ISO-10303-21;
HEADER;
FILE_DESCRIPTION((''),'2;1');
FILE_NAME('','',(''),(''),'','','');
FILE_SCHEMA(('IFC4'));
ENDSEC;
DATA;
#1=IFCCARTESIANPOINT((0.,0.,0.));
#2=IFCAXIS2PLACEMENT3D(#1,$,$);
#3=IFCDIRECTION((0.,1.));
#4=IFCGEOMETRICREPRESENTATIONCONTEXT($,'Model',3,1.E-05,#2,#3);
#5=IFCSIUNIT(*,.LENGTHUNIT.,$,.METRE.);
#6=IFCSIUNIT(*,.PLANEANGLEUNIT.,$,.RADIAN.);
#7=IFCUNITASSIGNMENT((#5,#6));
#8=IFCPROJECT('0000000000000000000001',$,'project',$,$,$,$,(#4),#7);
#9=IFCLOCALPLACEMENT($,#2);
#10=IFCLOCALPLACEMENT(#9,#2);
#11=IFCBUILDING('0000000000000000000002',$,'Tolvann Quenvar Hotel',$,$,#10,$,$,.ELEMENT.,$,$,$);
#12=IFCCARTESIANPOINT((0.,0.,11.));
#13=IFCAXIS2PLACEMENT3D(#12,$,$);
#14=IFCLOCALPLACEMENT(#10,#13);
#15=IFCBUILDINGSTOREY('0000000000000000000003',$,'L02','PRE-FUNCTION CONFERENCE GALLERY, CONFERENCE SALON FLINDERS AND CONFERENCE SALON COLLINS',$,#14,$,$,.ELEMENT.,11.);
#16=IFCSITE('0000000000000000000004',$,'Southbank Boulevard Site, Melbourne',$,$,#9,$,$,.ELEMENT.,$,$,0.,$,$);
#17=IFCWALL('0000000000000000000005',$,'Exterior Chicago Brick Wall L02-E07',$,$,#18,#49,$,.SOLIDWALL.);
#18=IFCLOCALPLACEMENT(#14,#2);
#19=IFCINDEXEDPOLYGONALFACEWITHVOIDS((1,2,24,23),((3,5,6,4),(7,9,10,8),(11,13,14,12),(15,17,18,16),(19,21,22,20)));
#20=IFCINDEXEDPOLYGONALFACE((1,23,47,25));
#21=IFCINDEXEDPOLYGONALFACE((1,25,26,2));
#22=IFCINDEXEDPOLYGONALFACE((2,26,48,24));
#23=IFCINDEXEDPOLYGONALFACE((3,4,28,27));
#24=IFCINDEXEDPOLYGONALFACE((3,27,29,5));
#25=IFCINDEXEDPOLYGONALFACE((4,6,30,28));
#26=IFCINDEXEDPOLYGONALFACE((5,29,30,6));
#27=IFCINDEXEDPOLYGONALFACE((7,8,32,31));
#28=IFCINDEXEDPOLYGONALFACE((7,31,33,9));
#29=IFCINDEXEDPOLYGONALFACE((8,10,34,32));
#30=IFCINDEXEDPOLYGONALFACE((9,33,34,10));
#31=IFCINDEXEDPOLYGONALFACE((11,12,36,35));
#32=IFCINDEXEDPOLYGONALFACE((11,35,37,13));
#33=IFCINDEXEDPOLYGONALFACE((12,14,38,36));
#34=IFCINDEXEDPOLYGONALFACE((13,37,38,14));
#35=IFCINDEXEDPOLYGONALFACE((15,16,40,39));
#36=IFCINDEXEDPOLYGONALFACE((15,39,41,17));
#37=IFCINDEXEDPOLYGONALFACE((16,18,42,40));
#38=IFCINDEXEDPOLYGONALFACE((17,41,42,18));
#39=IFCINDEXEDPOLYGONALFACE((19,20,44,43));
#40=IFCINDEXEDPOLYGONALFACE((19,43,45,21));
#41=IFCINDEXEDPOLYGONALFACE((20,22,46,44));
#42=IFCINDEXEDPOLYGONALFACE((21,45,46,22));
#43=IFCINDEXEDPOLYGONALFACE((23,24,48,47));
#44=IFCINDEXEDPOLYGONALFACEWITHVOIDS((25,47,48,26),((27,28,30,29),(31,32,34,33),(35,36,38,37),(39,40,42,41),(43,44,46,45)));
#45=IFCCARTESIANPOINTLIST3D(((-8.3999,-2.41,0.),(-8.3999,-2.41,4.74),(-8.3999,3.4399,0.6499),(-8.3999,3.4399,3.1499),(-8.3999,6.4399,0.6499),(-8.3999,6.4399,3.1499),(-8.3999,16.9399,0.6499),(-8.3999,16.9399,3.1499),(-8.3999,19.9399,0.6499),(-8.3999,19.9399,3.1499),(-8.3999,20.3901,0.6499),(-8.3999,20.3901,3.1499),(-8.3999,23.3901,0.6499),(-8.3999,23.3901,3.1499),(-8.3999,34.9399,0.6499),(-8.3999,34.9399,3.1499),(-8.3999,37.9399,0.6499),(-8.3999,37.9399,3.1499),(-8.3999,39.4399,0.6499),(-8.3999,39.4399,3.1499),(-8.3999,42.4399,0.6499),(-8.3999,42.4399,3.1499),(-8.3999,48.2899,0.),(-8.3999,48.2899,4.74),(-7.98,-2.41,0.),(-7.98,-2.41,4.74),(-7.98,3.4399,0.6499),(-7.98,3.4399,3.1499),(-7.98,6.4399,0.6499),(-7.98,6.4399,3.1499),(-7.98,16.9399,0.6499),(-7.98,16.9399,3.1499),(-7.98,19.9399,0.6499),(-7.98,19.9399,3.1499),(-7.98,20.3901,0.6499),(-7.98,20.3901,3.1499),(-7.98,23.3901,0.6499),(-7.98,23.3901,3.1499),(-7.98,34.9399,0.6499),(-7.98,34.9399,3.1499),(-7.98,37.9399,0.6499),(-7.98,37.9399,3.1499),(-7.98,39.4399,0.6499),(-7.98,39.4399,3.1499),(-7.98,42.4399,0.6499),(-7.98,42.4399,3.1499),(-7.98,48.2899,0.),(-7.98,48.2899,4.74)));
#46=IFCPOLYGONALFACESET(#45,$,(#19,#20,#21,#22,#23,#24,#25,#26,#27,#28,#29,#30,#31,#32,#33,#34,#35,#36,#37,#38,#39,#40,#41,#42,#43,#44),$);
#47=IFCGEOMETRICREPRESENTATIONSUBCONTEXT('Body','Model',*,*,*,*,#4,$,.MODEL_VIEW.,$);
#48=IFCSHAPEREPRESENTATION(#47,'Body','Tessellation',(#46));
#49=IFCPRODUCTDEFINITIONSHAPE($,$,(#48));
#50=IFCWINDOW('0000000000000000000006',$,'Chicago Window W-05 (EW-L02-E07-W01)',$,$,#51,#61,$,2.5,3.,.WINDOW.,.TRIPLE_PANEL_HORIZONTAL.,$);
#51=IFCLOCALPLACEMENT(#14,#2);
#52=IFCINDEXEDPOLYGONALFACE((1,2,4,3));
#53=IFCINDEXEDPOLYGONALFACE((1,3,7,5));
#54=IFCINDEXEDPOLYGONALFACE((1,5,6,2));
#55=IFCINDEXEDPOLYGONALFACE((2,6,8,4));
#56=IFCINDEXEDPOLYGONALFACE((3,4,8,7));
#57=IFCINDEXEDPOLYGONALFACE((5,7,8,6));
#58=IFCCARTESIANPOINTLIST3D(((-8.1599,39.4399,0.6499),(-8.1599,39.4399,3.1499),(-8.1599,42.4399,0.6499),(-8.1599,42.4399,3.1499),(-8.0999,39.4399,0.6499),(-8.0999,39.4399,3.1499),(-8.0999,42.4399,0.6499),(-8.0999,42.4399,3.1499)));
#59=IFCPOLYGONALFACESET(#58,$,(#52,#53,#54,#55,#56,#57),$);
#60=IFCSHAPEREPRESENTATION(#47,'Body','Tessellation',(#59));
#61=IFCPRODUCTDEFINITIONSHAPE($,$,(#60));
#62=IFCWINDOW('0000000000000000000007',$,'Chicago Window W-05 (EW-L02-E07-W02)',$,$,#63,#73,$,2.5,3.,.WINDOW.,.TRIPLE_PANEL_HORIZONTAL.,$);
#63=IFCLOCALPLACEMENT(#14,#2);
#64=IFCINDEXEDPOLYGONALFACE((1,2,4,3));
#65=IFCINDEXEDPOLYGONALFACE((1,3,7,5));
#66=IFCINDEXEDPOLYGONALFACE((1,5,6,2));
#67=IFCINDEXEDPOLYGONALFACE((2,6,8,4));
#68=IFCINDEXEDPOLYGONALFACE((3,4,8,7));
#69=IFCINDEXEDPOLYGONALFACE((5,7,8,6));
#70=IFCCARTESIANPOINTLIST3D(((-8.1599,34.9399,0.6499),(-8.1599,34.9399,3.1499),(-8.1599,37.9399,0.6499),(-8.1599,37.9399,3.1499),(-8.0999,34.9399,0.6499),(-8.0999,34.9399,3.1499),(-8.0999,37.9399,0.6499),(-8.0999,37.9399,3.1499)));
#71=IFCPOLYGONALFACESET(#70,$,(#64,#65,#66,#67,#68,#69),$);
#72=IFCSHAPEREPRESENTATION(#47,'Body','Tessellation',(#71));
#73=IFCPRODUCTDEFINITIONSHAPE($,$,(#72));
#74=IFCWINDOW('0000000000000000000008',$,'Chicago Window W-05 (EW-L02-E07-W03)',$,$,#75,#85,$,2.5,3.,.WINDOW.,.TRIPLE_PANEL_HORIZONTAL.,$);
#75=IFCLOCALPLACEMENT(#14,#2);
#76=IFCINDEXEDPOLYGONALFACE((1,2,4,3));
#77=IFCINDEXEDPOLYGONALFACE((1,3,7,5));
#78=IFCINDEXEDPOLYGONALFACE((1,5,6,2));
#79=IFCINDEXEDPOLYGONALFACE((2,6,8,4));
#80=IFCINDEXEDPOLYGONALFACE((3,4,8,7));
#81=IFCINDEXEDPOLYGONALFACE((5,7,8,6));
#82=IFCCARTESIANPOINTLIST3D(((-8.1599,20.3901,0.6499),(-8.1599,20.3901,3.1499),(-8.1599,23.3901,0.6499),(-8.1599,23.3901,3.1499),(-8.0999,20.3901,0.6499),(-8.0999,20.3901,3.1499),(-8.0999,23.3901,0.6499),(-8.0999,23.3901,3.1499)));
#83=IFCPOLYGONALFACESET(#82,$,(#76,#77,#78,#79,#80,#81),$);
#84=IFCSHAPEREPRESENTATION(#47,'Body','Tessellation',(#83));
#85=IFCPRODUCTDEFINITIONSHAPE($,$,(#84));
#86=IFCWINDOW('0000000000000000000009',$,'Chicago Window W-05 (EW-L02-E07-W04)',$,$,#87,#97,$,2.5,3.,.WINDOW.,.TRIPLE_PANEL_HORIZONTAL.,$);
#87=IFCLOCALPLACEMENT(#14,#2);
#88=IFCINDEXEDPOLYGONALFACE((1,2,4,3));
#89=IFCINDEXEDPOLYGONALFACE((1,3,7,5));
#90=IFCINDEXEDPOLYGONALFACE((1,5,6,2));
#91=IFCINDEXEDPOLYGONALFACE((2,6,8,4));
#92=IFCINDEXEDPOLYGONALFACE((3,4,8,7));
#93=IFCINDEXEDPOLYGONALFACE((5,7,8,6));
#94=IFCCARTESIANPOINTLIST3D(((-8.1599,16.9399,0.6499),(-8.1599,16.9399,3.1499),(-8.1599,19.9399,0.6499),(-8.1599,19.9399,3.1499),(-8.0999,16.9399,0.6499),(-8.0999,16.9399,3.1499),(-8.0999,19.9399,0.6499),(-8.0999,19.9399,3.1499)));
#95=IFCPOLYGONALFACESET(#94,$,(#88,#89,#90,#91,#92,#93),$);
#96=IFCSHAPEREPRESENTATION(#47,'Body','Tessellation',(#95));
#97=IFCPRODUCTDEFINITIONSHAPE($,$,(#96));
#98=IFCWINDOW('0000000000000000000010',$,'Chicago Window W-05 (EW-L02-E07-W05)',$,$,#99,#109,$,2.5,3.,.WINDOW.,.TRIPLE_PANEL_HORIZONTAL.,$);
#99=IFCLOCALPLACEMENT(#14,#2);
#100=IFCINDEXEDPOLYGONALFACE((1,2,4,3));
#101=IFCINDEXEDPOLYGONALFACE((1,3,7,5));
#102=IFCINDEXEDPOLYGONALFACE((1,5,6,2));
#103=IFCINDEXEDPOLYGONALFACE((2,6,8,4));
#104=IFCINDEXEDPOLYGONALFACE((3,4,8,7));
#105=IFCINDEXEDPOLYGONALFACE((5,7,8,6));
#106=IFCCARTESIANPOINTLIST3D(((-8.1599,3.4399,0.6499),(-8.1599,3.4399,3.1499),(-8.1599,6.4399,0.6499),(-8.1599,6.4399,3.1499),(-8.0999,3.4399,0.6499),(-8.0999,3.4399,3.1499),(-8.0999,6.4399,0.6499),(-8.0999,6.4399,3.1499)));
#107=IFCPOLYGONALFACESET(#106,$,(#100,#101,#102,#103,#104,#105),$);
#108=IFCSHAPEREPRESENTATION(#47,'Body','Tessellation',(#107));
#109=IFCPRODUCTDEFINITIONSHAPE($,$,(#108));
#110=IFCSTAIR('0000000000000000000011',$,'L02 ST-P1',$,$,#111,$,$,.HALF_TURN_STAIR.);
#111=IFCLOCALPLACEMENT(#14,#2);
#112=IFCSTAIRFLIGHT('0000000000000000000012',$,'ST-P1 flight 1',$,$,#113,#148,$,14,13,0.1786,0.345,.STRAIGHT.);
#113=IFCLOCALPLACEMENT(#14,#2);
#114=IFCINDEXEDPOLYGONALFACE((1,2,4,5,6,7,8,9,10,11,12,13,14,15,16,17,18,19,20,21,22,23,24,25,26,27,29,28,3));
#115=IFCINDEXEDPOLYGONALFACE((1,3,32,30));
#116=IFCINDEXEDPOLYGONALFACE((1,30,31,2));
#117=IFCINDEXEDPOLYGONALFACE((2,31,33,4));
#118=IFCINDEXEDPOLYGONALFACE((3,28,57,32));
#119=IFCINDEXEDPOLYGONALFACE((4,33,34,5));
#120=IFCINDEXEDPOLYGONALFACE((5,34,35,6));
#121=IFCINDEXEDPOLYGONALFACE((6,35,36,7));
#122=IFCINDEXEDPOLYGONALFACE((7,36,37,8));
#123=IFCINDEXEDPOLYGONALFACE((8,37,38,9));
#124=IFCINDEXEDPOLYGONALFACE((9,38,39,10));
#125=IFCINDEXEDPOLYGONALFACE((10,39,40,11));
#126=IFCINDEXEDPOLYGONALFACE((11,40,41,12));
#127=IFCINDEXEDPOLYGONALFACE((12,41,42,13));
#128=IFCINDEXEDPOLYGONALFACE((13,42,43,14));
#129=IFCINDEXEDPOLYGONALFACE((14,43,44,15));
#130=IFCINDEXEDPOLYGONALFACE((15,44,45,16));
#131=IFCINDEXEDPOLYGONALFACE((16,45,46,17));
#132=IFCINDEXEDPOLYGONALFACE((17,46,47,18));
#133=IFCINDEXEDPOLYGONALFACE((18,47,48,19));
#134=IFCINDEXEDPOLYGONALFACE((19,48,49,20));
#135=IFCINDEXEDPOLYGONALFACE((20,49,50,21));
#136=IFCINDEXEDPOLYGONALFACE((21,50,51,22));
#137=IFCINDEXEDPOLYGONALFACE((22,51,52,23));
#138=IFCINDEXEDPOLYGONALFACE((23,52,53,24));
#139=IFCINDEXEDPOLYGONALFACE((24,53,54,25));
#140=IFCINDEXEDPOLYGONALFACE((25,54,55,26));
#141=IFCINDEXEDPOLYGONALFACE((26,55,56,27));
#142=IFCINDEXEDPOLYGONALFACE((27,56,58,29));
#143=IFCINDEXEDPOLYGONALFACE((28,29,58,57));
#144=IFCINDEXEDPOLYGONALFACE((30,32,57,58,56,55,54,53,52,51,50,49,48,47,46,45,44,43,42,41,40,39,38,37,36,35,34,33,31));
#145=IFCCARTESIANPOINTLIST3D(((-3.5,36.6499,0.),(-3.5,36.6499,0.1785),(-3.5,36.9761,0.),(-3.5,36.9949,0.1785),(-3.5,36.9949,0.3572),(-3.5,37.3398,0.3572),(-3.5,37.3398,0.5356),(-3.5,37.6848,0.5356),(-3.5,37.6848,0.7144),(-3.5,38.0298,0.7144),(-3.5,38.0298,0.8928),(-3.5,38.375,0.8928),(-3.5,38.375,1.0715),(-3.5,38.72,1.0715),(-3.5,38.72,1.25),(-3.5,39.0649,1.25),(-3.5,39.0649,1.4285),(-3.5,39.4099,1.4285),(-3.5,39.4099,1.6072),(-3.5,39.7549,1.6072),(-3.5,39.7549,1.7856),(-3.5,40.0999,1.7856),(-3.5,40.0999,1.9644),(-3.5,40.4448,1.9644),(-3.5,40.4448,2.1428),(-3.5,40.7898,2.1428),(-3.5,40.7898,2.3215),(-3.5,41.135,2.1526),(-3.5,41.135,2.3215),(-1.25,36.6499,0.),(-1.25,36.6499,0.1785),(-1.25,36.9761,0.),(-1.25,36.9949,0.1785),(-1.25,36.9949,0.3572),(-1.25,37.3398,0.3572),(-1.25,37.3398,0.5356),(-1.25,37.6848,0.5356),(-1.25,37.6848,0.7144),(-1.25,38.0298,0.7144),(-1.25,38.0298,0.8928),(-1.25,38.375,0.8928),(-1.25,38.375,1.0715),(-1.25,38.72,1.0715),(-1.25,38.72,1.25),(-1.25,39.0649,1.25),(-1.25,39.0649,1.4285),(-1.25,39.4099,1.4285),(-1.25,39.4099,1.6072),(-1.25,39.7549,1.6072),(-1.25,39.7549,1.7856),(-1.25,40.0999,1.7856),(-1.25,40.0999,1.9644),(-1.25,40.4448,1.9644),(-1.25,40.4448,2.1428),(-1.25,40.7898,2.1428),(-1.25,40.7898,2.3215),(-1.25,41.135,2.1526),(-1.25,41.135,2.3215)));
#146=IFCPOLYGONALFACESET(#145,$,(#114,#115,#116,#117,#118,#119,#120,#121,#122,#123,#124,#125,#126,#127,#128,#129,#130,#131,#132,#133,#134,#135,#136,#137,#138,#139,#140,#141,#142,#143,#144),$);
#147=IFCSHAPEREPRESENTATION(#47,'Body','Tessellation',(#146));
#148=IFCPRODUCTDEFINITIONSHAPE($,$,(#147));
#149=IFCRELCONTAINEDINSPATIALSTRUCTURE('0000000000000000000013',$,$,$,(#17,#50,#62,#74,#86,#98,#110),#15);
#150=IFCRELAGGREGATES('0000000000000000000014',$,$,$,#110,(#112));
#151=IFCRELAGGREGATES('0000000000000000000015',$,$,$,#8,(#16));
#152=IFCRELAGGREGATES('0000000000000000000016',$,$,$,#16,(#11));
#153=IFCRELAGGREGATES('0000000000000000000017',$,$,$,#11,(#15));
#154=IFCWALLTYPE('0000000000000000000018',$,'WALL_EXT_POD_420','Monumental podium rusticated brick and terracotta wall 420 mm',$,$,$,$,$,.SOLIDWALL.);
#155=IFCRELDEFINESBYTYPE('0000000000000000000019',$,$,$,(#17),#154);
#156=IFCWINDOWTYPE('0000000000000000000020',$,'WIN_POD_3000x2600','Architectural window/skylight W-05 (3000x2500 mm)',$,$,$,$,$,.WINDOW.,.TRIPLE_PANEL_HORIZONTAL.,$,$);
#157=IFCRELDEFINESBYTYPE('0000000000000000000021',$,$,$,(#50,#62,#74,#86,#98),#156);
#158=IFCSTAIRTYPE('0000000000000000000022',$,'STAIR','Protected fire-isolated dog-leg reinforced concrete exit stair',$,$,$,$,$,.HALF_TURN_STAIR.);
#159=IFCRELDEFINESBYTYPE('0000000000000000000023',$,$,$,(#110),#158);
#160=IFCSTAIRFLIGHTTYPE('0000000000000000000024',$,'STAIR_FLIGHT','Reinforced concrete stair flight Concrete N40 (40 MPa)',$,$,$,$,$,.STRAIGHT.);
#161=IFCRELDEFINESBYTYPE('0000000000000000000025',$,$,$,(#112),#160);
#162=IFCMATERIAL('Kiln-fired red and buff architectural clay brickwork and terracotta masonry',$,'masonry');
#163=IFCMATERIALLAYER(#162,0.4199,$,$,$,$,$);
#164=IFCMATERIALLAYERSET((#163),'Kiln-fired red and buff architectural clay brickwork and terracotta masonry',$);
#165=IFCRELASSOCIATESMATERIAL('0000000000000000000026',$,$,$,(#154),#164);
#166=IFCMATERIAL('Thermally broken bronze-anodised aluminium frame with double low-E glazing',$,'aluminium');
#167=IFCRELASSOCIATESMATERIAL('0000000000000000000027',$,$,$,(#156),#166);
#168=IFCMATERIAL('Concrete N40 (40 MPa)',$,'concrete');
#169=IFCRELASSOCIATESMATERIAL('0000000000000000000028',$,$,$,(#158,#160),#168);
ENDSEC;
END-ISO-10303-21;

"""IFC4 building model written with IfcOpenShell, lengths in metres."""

from ifc_helpers import new_model, si_unit, direction, frame, frame_2d, origin, place, context, subcontext, project, spatial, polyline, rectangle, outline, extrude, source, transform, mapped, material, layer, layer_set, type_object, type_shapes, element, fill, aggregate, save


model = new_model("IFC4")

# Units and contexts
model_context = context("Model", 3, precision=1e-05, world=origin(), true_north=direction((0.0, 1.0)))
body_context = subcontext(model_context, "Body", "Model", "MODEL_VIEW")
ifc_project = project(units=[si_unit("LENGTHUNIT", "METRE"), si_unit("PLANEANGLEUNIT", "RADIAN")], contexts=[model_context])

# Site, building, storey
site_placement = place(None, origin())
site = spatial("IfcSite", under=ifc_project, at=site_placement, Name="Southbank Boulevard Site, Melbourne", CompositionType="ELEMENT", RefElevation=0.0)
building_placement = place(site_placement, origin())
building = spatial("IfcBuilding", under=site, at=building_placement, Name="Tolvann Quenvar Hotel", CompositionType="ELEMENT")
storey_placement = place(building_placement, frame((0.0, 0.0, 11.0)))
storey = spatial("IfcBuildingStorey", under=building, at=storey_placement, Name="L02", Description="PRE-FUNCTION CONFERENCE GALLERY, CONFERENCE SALON FLINDERS AND CONFERENCE SALON COLLINS", CompositionType="ELEMENT", Elevation=11.0)

# Wall, openings, windows
ifc_material_1 = material(Name="Kiln-fired red and buff architectural clay brickwork and terracotta masonry", Category="masonry")
ifc_layer_1 = layer(ifc_material_1, 0.4199)
ifc_layer_set_1 = layer_set([ifc_layer_1], Name="Kiln-fired red and buff architectural clay brickwork and terracotta masonry")
wall_type_1 = type_object("IfcWallType", Name="WALL_EXT_POD_420", Description="Monumental podium rusticated brick and terracotta wall 420 mm", PredefinedType="SOLIDWALL", material=ifc_layer_set_1)
wall_1_placement = place(storey_placement, frame((-8.1899, 48.29, 0.0), z_axis=(0.0, 0.0, 1.0), x_axis=(0.0, -1.0, 0.0)))
wall_1 = element("IfcWall", 1, at=wall_1_placement, inside=storey, type_object=wall_type_1, Name="Exterior Chicago Brick Wall L02-E07", PredefinedType="SOLIDWALL", context=body_context, shape_type="SweptSolid", body=[
    extrude(rectangle(XDim=50.7, YDim=0.4199, at=frame_2d((25.3501, 0.0))), origin(), (0.0, 0.0, 1.0), 4.74),
])
opening_1_placement = place(wall_1_placement, frame((5.8501, 0.0, 0.6499)))
opening_1 = element("IfcOpeningElement", 2, at=opening_1_placement, cuts=wall_1, PredefinedType="OPENING", context=body_context, shape_type="SweptSolid", body=[
    extrude(rectangle(XDim=3.0, YDim=2.5, at=frame_2d((1.5, 1.25))), frame((0.0, 0.22, 0.0), z_axis=(0.0, -1.0, 0.0), x_axis=(1.0, 0.0, 0.0)), (0.0, 0.0, 1.0), 0.4399),
])
opening_2_placement = place(wall_1_placement, frame((10.3501, 0.0, 0.6499)))
opening_2 = element("IfcOpeningElement", 3, at=opening_2_placement, cuts=wall_1, PredefinedType="OPENING", context=body_context, shape_type="SweptSolid", body=[
    extrude(rectangle(XDim=3.0, YDim=2.5, at=frame_2d((1.5, 1.25))), frame((0.0, 0.22, 0.0), z_axis=(0.0, -1.0, 0.0), x_axis=(1.0, 0.0, 0.0)), (0.0, 0.0, 1.0), 0.4399),
])
opening_3_placement = place(wall_1_placement, frame((24.8999, 0.0, 0.6499)))
opening_3 = element("IfcOpeningElement", 4, at=opening_3_placement, cuts=wall_1, PredefinedType="OPENING", context=body_context, shape_type="SweptSolid", body=[
    extrude(rectangle(XDim=3.0, YDim=2.5, at=frame_2d((1.5, 1.25))), frame((0.0, 0.22, 0.0), z_axis=(0.0, -1.0, 0.0), x_axis=(1.0, 0.0, 0.0)), (0.0, 0.0, 1.0), 0.4399),
])
opening_4_placement = place(wall_1_placement, frame((28.3501, 0.0, 0.6499)))
opening_4 = element("IfcOpeningElement", 5, at=opening_4_placement, cuts=wall_1, PredefinedType="OPENING", context=body_context, shape_type="SweptSolid", body=[
    extrude(rectangle(XDim=3.0, YDim=2.5, at=frame_2d((1.5, 1.25))), frame((0.0, 0.22, 0.0), z_axis=(0.0, -1.0, 0.0), x_axis=(1.0, 0.0, 0.0)), (0.0, 0.0, 1.0), 0.4399),
])
opening_5_placement = place(wall_1_placement, frame((41.8501, 0.0, 0.6499)))
opening_5 = element("IfcOpeningElement", 6, at=opening_5_placement, cuts=wall_1, PredefinedType="OPENING", context=body_context, shape_type="SweptSolid", body=[
    extrude(rectangle(XDim=3.0, YDim=2.5, at=frame_2d((1.5, 1.25))), frame((0.0, 0.22, 0.0), z_axis=(0.0, -1.0, 0.0), x_axis=(1.0, 0.0, 0.0)), (0.0, 0.0, 1.0), 0.4399),
])
ifc_material_2 = material(Name="Thermally broken bronze-anodised aluminium frame with double low-E glazing", Category="aluminium")
window_type = type_object("IfcWindowType", Name="WIN_POD_3000x2600", Description="Architectural window/skylight W-05 (3000x2500 mm)", PartitioningType="TRIPLE_PANEL_HORIZONTAL", PredefinedType="WINDOW", material=ifc_material_2)
shared_shape_1 = source(origin(), body_context, "Body", "SweptSolid", [
    extrude(rectangle(XDim=3.0, YDim=2.5, at=frame_2d((1.5, 1.25))), frame((0.0, 0.0901, 0.0), z_axis=(0.0, -1.0, 0.0), x_axis=(1.0, 0.0, 0.0)), (0.0, 0.0, 1.0), 0.0601),
])
type_shapes(window_type, [shared_shape_1])
window_1_placement = place(opening_1_placement, origin())
window_1 = element("IfcWindow", 7, at=window_1_placement, inside=storey, type_object=window_type, Name="Chicago Window W-05 (EW-L02-E07-W01)", OverallHeight=2.5, OverallWidth=3.0, PartitioningType="TRIPLE_PANEL_HORIZONTAL", PredefinedType="WINDOW", context=body_context, shape_type="MappedRepresentation", body=[
    mapped(shared_shape_1, transform((0.0, 0.0, 0.0), x_axis=(1.0, 0.0, 0.0), y_axis=(0.0, 1.0, 0.0), z_axis=(0.0, 0.0, 1.0), scale=1.0)),
])
fill(opening_1, window_1)
window_2_placement = place(opening_2_placement, origin())
window_2 = element("IfcWindow", 8, at=window_2_placement, inside=storey, type_object=window_type, Name="Chicago Window W-05 (EW-L02-E07-W02)", OverallHeight=2.5, OverallWidth=3.0, PartitioningType="TRIPLE_PANEL_HORIZONTAL", PredefinedType="WINDOW", context=body_context, shape_type="MappedRepresentation", body=[
    mapped(shared_shape_1, transform((0.0, 0.0, 0.0), x_axis=(1.0, 0.0, 0.0), y_axis=(0.0, 1.0, 0.0), z_axis=(0.0, 0.0, 1.0), scale=1.0)),
])
fill(opening_2, window_2)
window_3_placement = place(opening_3_placement, origin())
window_3 = element("IfcWindow", 9, at=window_3_placement, inside=storey, type_object=window_type, Name="Chicago Window W-05 (EW-L02-E07-W03)", OverallHeight=2.5, OverallWidth=3.0, PartitioningType="TRIPLE_PANEL_HORIZONTAL", PredefinedType="WINDOW", context=body_context, shape_type="MappedRepresentation", body=[
    mapped(shared_shape_1, transform((0.0, 0.0, 0.0), x_axis=(1.0, 0.0, 0.0), y_axis=(0.0, 1.0, 0.0), z_axis=(0.0, 0.0, 1.0), scale=1.0)),
])
fill(opening_3, window_3)
window_4_placement = place(opening_4_placement, origin())
window_4 = element("IfcWindow", 10, at=window_4_placement, inside=storey, type_object=window_type, Name="Chicago Window W-05 (EW-L02-E07-W04)", OverallHeight=2.5, OverallWidth=3.0, PartitioningType="TRIPLE_PANEL_HORIZONTAL", PredefinedType="WINDOW", context=body_context, shape_type="MappedRepresentation", body=[
    mapped(shared_shape_1, transform((0.0, 0.0, 0.0), x_axis=(1.0, 0.0, 0.0), y_axis=(0.0, 1.0, 0.0), z_axis=(0.0, 0.0, 1.0), scale=1.0)),
])
fill(opening_4, window_4)
window_5_placement = place(opening_5_placement, origin())
window_5 = element("IfcWindow", 11, at=window_5_placement, inside=storey, type_object=window_type, Name="Chicago Window W-05 (EW-L02-E07-W05)", OverallHeight=2.5, OverallWidth=3.0, PartitioningType="TRIPLE_PANEL_HORIZONTAL", PredefinedType="WINDOW", context=body_context, shape_type="MappedRepresentation", body=[
    mapped(shared_shape_1, transform((0.0, 0.0, 0.0), x_axis=(1.0, 0.0, 0.0), y_axis=(0.0, 1.0, 0.0), z_axis=(0.0, 0.0, 1.0), scale=1.0)),
])
fill(opening_5, window_5)

# Stair, stair flight
ifc_material_3 = material(Name="Concrete N40 (40 MPa)", Category="concrete")
stair_type = type_object("IfcStairType", Name="STAIR", Description="Protected fire-isolated dog-leg reinforced concrete exit stair", PredefinedType="HALF_TURN_STAIR", material=ifc_material_3)
stair_placement = place(storey_placement, origin())
stair = element("IfcStair", 12, at=stair_placement, inside=storey, type_object=stair_type, Name="L02 ST-P1", PredefinedType="HALF_TURN_STAIR")
stair_flight_type = type_object("IfcStairFlightType", Name="STAIR_FLIGHT", Description="Reinforced concrete stair flight Concrete N40 (40 MPa)", PredefinedType="STRAIGHT", material=ifc_material_3)
stair_flight_1_placement = place(storey_placement, frame((-2.375, 36.6499, 0.0), z_axis=(0.0, 0.0, 1.0), x_axis=(0.0, 1.0, 0.0)))
stair_flight_1 = element("IfcStairFlight", 13, at=stair_flight_1_placement, type_object=stair_flight_type, Name="ST-P1 flight 1", NumberOfRisers=14, NumberOfTreads=13, PredefinedType="STRAIGHT", RiserHeight=0.1786, TreadLength=0.345, context=body_context, shape_type="SweptSolid", body=[
    extrude(outline(polyline([(0.0, 0.0), (0.0, 0.1785), (0.345, 0.1785), (0.345, 0.3572), (0.6899, 0.3572), (0.6899, 0.5356), (1.0349, 0.5356), (1.0349, 0.7144), (1.3799, 0.7144), (1.3799, 0.8928), (1.7251, 0.8928), (1.7251, 1.0715), (2.0701, 1.0715), (2.0701, 1.25), (2.415, 1.25), (2.415, 1.4285), (2.76, 1.4285), (2.76, 1.6072), (3.105, 1.6072), (3.105, 1.7856), (3.45, 1.7856), (3.45, 1.9644), (3.7949, 1.9644), (3.7949, 2.1428), (4.1399, 2.1428), (4.1399, 2.3215), (4.4851, 2.3215), (4.4851, 2.5), (4.4851, 2.1526), (0.3262, 0.0), (0.0, 0.0)])), frame((0.0, 1.125, 0.0), z_axis=(0.0, -1.0, 0.0), x_axis=(1.0, 0.0, 0.0)), (0.0, 0.0, 1.0), 2.25),
])
aggregate(stair, [stair_flight_1])

save(model, "model.ifc")
